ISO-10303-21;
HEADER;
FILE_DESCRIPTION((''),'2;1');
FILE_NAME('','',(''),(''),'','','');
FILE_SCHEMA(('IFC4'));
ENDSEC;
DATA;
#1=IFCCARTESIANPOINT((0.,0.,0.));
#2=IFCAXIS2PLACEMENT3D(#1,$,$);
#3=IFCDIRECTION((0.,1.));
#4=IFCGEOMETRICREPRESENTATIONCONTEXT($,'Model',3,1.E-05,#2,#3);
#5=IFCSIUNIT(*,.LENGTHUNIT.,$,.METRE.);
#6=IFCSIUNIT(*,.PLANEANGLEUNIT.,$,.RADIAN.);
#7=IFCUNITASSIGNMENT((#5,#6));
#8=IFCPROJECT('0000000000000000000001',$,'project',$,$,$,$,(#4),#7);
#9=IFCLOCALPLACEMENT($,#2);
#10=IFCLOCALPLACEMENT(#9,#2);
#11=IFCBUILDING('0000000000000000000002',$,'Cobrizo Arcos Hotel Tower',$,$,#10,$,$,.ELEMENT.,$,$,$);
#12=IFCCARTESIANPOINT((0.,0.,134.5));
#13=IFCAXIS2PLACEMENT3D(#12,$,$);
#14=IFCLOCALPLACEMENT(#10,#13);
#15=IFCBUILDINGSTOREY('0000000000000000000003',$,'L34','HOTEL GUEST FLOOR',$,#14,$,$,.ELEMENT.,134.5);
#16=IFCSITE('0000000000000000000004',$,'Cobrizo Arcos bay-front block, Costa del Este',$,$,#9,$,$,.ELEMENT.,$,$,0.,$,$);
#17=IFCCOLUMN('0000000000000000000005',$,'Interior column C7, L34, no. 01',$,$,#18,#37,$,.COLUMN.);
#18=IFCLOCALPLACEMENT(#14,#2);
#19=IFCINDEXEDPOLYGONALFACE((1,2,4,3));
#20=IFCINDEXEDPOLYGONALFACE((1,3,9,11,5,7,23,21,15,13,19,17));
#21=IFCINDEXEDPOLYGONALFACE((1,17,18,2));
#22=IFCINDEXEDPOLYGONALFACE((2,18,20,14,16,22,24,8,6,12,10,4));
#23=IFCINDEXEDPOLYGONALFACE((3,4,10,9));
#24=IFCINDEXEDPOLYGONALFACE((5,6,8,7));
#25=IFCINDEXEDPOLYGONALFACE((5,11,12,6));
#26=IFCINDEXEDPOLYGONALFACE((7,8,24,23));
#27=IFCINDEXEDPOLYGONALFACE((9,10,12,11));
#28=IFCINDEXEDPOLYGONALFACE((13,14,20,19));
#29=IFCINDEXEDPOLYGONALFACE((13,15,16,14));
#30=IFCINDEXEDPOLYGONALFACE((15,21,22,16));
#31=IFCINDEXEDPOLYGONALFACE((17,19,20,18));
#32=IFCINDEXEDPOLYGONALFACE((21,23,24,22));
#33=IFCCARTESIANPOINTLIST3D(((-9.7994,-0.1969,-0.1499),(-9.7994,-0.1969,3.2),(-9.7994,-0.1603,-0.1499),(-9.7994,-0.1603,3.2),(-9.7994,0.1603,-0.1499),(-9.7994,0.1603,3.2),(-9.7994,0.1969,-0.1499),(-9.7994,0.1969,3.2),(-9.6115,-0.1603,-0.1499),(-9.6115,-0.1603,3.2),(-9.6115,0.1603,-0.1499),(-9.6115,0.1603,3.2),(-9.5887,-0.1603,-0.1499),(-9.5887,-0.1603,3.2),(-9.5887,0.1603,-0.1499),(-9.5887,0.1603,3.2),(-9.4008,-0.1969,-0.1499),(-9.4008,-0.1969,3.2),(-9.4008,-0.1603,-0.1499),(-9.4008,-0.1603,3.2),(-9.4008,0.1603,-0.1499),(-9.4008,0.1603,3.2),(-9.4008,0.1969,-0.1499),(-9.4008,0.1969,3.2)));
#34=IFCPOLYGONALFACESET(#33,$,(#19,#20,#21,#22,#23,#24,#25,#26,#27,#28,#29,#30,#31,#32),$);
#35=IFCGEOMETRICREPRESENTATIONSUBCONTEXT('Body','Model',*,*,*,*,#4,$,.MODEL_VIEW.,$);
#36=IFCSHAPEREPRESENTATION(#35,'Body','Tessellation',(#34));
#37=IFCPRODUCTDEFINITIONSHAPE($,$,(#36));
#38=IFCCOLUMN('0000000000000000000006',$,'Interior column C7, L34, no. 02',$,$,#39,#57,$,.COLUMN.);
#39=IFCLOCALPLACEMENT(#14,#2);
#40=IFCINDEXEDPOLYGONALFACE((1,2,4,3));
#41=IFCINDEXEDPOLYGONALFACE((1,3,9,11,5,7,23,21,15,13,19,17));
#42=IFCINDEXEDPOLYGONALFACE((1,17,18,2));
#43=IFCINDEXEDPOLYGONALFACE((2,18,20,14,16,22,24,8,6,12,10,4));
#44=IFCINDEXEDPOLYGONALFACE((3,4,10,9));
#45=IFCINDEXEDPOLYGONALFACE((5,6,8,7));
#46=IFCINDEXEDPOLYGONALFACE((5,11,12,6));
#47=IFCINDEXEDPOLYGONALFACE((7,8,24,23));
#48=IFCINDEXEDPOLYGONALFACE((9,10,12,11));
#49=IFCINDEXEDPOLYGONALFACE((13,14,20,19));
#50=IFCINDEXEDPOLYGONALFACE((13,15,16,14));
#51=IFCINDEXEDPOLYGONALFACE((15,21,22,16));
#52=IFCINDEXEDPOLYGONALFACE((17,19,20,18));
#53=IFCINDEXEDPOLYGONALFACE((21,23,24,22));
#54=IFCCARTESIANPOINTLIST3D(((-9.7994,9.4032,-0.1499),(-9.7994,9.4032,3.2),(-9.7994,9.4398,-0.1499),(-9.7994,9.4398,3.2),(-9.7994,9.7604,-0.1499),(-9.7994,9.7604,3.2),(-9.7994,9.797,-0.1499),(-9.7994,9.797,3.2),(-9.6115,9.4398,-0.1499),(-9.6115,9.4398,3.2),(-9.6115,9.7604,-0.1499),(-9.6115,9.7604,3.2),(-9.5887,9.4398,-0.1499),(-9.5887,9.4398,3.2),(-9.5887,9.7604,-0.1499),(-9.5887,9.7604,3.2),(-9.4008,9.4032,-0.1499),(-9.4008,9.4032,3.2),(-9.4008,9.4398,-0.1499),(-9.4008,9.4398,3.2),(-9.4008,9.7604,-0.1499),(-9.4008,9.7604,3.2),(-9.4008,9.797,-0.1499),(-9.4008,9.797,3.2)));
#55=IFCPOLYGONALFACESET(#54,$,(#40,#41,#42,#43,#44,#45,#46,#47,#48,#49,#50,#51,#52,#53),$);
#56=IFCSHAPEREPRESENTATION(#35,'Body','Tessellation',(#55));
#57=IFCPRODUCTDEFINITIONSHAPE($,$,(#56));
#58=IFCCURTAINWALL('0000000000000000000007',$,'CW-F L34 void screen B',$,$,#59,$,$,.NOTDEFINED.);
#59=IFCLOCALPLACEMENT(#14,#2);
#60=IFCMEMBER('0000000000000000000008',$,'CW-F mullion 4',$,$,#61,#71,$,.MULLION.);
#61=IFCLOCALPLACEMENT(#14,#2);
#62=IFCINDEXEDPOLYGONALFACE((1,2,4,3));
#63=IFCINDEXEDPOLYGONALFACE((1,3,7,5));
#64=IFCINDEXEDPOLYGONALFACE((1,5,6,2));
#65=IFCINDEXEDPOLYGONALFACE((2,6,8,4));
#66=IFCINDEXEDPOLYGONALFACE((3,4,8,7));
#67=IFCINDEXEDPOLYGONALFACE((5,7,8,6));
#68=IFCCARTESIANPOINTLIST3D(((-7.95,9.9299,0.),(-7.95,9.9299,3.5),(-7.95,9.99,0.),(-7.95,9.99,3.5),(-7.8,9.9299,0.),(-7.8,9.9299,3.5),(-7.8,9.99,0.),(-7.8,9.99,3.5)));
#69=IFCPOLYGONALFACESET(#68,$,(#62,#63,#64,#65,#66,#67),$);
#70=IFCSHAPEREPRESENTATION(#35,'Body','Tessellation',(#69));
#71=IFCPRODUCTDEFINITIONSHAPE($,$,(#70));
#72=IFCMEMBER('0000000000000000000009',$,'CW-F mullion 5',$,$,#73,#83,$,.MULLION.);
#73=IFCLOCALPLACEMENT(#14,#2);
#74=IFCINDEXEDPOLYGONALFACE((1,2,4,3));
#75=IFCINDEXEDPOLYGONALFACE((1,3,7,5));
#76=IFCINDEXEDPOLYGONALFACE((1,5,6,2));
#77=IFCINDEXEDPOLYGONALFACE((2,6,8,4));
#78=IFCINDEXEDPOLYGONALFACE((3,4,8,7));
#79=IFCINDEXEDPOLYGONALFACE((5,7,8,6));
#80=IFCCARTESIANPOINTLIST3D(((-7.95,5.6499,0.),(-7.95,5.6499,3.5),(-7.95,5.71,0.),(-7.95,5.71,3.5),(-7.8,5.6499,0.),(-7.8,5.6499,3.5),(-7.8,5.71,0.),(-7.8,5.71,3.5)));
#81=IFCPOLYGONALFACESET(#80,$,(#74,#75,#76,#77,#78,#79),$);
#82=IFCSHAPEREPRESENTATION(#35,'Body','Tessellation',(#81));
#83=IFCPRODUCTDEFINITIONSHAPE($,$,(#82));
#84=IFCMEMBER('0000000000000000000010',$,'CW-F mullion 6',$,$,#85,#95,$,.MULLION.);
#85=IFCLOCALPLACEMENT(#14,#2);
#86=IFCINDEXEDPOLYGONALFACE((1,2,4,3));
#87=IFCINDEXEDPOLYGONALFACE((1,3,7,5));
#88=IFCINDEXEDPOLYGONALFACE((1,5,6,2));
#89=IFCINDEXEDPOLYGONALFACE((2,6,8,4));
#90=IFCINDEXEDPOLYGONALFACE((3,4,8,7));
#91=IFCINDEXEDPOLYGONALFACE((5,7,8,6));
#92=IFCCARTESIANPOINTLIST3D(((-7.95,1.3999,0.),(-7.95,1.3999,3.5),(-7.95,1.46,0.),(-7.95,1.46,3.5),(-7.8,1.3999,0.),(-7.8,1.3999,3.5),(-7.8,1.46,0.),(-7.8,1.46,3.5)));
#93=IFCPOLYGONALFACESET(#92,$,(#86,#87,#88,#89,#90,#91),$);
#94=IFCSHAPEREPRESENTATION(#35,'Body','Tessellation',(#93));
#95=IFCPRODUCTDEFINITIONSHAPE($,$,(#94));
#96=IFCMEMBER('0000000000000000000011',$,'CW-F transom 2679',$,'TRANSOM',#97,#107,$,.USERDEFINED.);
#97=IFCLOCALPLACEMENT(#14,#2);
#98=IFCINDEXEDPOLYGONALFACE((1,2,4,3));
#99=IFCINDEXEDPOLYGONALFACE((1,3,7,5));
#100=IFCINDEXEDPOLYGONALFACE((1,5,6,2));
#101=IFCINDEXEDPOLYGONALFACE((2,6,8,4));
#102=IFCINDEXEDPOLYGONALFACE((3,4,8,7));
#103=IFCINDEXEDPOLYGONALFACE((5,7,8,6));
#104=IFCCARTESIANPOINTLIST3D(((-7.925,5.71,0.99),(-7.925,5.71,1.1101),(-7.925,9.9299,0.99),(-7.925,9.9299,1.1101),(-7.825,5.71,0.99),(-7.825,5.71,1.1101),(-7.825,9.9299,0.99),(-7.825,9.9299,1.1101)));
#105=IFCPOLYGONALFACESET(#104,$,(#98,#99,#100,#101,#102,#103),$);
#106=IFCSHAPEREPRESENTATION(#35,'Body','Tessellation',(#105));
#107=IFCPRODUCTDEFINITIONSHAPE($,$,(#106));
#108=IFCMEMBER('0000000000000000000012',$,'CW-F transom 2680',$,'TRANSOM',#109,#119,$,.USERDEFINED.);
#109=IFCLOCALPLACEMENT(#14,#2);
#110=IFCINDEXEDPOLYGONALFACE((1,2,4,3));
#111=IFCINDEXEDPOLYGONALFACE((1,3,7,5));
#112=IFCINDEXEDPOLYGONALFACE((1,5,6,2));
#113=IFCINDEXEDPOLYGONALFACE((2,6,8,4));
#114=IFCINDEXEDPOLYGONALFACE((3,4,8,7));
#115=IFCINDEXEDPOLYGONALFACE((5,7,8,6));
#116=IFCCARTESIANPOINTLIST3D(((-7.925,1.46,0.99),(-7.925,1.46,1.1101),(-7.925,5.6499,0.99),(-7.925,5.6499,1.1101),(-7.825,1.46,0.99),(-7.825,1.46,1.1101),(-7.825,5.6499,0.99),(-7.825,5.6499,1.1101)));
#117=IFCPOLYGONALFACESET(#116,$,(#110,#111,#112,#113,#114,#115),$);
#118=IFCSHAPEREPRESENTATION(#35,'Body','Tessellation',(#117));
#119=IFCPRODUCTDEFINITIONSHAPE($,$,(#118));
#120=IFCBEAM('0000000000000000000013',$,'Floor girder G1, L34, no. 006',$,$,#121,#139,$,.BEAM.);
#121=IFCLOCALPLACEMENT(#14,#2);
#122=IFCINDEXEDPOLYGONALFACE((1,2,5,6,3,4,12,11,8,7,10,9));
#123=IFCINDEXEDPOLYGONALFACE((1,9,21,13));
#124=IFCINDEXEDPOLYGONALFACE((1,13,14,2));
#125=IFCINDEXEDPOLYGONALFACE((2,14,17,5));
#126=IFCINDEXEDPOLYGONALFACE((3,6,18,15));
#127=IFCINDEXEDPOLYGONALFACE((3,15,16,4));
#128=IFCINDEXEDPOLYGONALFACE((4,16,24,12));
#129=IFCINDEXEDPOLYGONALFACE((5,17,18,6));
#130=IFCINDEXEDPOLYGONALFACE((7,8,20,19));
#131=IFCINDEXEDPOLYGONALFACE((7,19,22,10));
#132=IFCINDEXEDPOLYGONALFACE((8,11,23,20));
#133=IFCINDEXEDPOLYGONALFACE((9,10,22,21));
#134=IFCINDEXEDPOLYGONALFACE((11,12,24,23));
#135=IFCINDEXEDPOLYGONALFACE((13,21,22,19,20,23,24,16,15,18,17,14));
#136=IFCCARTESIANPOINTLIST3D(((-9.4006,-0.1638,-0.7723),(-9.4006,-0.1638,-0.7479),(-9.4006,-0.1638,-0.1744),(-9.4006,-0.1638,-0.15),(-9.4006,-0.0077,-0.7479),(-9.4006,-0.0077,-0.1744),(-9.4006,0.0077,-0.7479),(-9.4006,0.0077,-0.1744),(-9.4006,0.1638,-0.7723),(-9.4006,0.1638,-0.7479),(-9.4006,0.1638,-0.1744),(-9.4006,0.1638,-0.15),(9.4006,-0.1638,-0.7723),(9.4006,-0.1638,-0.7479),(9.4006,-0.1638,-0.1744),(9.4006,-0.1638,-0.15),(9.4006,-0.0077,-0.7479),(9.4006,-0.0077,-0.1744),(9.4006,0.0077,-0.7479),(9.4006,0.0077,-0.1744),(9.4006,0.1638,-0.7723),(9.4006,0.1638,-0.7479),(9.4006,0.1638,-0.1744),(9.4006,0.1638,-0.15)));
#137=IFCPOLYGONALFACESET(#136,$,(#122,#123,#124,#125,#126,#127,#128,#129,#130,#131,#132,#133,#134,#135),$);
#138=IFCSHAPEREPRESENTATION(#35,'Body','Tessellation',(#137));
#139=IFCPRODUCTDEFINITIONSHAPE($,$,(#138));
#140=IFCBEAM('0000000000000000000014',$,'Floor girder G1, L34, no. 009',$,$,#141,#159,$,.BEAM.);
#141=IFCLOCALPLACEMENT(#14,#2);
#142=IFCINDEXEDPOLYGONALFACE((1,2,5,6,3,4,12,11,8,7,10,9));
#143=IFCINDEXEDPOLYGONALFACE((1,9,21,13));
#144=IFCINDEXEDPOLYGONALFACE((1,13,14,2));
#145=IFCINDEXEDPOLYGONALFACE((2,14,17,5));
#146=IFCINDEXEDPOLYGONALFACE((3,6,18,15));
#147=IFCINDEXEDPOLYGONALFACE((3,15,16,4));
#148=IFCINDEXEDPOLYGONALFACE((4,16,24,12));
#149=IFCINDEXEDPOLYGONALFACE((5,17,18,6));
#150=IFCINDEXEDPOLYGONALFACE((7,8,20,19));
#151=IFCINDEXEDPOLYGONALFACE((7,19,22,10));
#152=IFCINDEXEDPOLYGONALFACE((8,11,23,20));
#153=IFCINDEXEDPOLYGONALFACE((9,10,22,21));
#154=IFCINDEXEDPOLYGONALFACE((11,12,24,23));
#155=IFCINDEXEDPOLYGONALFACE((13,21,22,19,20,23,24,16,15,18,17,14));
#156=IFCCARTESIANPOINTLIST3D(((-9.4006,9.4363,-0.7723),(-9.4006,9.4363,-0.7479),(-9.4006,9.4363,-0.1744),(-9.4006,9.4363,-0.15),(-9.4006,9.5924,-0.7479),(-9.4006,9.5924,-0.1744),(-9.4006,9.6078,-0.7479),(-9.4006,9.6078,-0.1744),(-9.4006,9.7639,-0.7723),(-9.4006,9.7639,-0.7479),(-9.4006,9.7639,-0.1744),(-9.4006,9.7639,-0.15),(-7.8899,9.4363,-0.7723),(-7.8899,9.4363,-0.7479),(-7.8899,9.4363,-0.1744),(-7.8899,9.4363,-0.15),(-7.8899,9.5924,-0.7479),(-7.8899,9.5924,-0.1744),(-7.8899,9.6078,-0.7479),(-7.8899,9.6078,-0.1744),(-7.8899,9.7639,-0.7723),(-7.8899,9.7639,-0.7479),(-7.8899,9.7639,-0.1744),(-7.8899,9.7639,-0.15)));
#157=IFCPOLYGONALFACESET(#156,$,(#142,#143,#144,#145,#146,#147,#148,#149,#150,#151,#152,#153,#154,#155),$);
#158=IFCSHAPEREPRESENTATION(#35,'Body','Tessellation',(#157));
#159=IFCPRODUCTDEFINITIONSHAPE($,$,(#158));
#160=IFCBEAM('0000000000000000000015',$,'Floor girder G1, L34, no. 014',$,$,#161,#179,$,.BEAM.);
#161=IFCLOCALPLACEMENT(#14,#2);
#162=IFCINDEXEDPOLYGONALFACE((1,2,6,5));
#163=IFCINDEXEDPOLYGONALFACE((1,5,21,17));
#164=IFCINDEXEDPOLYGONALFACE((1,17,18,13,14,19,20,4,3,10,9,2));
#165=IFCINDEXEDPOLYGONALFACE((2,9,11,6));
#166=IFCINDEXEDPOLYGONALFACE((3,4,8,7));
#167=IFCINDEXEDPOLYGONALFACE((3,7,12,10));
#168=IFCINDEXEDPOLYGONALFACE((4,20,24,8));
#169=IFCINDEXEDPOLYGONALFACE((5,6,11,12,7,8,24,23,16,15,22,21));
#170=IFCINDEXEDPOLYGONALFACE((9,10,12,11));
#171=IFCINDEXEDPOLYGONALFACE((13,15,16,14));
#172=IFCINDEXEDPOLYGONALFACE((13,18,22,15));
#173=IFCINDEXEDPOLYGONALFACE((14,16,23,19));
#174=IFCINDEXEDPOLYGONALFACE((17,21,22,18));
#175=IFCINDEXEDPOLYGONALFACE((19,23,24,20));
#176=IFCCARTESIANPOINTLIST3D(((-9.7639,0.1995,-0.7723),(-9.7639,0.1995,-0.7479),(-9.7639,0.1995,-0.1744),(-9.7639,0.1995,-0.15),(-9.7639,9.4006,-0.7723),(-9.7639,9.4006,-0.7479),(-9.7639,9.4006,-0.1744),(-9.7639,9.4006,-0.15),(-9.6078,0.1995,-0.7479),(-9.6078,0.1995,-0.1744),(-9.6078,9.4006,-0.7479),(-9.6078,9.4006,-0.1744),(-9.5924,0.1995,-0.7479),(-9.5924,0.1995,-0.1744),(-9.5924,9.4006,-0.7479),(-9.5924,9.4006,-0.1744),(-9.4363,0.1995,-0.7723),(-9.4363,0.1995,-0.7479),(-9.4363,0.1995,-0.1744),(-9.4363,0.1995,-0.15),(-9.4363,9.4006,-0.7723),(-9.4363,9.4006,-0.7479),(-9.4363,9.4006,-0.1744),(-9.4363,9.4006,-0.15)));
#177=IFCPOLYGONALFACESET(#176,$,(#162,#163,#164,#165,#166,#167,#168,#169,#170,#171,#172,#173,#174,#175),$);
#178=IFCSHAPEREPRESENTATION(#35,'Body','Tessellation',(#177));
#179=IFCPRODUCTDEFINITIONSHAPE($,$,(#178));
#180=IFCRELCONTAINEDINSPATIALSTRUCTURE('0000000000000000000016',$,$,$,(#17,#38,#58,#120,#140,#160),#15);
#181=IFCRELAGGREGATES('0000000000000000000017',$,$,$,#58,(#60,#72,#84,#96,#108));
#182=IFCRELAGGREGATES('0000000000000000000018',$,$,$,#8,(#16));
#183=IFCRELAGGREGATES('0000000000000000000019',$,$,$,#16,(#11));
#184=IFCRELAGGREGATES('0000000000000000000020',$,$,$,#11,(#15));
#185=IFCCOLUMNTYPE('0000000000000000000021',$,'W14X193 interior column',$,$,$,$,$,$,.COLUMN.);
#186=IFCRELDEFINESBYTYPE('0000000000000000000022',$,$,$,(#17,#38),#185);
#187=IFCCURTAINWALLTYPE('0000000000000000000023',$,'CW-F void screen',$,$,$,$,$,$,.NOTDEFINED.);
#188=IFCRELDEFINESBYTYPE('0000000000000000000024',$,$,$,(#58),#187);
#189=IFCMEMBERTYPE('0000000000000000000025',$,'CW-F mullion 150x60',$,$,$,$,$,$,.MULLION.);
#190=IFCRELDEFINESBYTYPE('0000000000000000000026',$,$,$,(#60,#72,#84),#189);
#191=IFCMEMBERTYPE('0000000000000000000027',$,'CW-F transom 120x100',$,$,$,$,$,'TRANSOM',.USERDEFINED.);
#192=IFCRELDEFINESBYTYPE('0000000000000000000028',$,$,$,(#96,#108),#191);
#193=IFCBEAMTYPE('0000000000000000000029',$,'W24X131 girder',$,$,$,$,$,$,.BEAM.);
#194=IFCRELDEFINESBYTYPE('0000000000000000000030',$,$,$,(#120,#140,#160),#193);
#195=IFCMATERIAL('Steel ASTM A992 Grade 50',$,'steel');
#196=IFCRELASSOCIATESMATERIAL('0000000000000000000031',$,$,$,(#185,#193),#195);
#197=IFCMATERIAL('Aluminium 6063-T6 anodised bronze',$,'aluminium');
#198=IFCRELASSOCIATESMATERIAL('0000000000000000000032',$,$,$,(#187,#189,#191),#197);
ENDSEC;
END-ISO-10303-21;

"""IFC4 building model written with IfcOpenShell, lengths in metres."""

from ifc_helpers import new_model, si_unit, direction, frame, origin, origin_2d, place, context, subcontext, project, spatial, rectangle, i_section, extrude, material, material_profile, profile_set, type_object, element, aggregate, save


model = new_model("IFC4")

# Units and contexts
model_context = context("Model", 3, precision=1e-05, world=origin(), true_north=direction((0.0, 1.0)))
body_context = subcontext(model_context, "Body", "Model", "MODEL_VIEW")
ifc_project = project(units=[si_unit("LENGTHUNIT", "METRE"), si_unit("PLANEANGLEUNIT", "RADIAN")], contexts=[model_context])

# Site, building, storey
site_placement = place(None, origin())
site = spatial("IfcSite", under=ifc_project, at=site_placement, Name="Cobrizo Arcos bay-front block, Costa del Este", CompositionType="ELEMENT", RefElevation=0.0)
building_placement = place(site_placement, origin())
building = spatial("IfcBuilding", under=site, at=building_placement, Name="Cobrizo Arcos Hotel Tower", CompositionType="ELEMENT")
storey_placement = place(building_placement, frame((0.0, 0.0, 134.5)))
storey = spatial("IfcBuildingStorey", under=building, at=storey_placement, Name="L34", Description="HOTEL GUEST FLOOR", CompositionType="ELEMENT", Elevation=134.5)

# Columns
ifc_material_1 = material(Name="Steel ASTM A992 Grade 50", Category="steel")
ifc_material_profile_1 = material_profile(ifc_material_1, i_section(OverallWidth=0.3987, OverallDepth=0.3938, WebThickness=0.0227, FlangeThickness=0.0366, at=origin_2d()), Name="W14X193")
ifc_profile_set_1 = profile_set([ifc_material_profile_1], Name="Steel ASTM A992 Grade 50")
column_type = type_object("IfcColumnType", Name="W14X193 interior column", PredefinedType="COLUMN", material=ifc_profile_set_1)
for number, where, z_axis, x_axis, name in (
    (1, (-9.6001, 0.0, -0.1499), (0.0, 0.0, 1.0), (1.0, 0.0, 0.0), "Interior column C7, L34, no. 01"),
    (2, (-9.6001, 9.6001, -0.1499), (0.0, 0.0, 1.0), (1.0, 0.0, 0.0), "Interior column C7, L34, no. 02"),
):
    element("IfcColumn", number, at=place(storey_placement, frame(where, z_axis=z_axis, x_axis=x_axis)), inside=storey, type_object=column_type, Name=name, PredefinedType="COLUMN", context=body_context, shape_type="SweptSolid", body=[
        extrude(i_section(OverallWidth=0.3987, OverallDepth=0.3938, WebThickness=0.0227, FlangeThickness=0.0366, at=origin_2d()), origin(), (0.0, 0.0, 1.0), 3.3499),
    ])

# Curtain wall, members
ifc_material_2 = material(Name="Aluminium 6063-T6 anodised bronze", Category="aluminium")
curtain_wall_type = type_object("IfcCurtainWallType", Name="CW-F void screen", PredefinedType="NOTDEFINED", material=ifc_material_2)
curtain_wall_placement = place(storey_placement, origin())
curtain_wall = element("IfcCurtainWall", 3, at=curtain_wall_placement, inside=storey, type_object=curtain_wall_type, Name="CW-F L34 void screen B", PredefinedType="NOTDEFINED")
ifc_material_profile_2 = material_profile(ifc_material_2, rectangle(XDim=0.1499, YDim=0.0601, at=origin_2d()), Name="CW-F mullion 150x60")
ifc_profile_set_2 = profile_set([ifc_material_profile_2], Name="Aluminium 6063-T6 anodised bronze")
member_type_1 = type_object("IfcMemberType", Name="CW-F mullion 150x60", PredefinedType="MULLION", material=ifc_profile_set_2)
member_1_placement = place(storey_placement, frame((-7.875, 9.96, 0.0), z_axis=(0.0, 0.0, 1.0), x_axis=(-1.0, 0.0, 0.0)))
member_1 = element("IfcMember", 4, at=member_1_placement, type_object=member_type_1, Name="CW-F mullion 4", PredefinedType="MULLION", context=body_context, shape_type="SweptSolid", body=[
    extrude(rectangle(XDim=0.1499, YDim=0.0601, at=origin_2d()), origin(), (0.0, 0.0, 1.0), 3.5),
])
member_2_placement = place(storey_placement, frame((-7.875, 5.6799, 0.0), z_axis=(0.0, 0.0, 1.0), x_axis=(-1.0, 0.0, 0.0)))
member_2 = element("IfcMember", 5, at=member_2_placement, type_object=member_type_1, Name="CW-F mullion 5", PredefinedType="MULLION", context=body_context, shape_type="SweptSolid", body=[
    extrude(rectangle(XDim=0.1499, YDim=0.0601, at=origin_2d()), origin(), (0.0, 0.0, 1.0), 3.5),
])
member_3_placement = place(storey_placement, frame((-7.875, 1.4299, 0.0), z_axis=(0.0, 0.0, 1.0), x_axis=(-1.0, 0.0, 0.0)))
member_3 = element("IfcMember", 6, at=member_3_placement, type_object=member_type_1, Name="CW-F mullion 6", PredefinedType="MULLION", context=body_context, shape_type="SweptSolid", body=[
    extrude(rectangle(XDim=0.1499, YDim=0.0601, at=origin_2d()), origin(), (0.0, 0.0, 1.0), 3.5),
])
ifc_material_profile_3 = material_profile(ifc_material_2, rectangle(XDim=0.1001, YDim=0.1201, at=origin_2d()), Name="CW-F transom 120x100")
ifc_profile_set_3 = profile_set([ifc_material_profile_3], Name="Aluminium 6063-T6 anodised bronze")
member_type_2 = type_object("IfcMemberType", Name="CW-F transom 120x100", ElementType="TRANSOM", PredefinedType="USERDEFINED", material=ifc_profile_set_3)
member_4_placement = place(storey_placement, frame((-7.875, 9.9299, 1.05), z_axis=(0.0, -1.0, 0.0), x_axis=(1.0, 0.0, 0.0)))
member_4 = element("IfcMember", 7, at=member_4_placement, type_object=member_type_2, Name="CW-F transom 2679", ObjectType="TRANSOM", PredefinedType="USERDEFINED", context=body_context, shape_type="SweptSolid", body=[
    extrude(rectangle(XDim=0.1001, YDim=0.1201, at=origin_2d()), origin(), (0.0, 0.0, 1.0), 4.22),
])
member_5_placement = place(storey_placement, frame((-7.875, 5.6499, 1.05), z_axis=(0.0, -1.0, 0.0), x_axis=(1.0, 0.0, 0.0)))
member_5 = element("IfcMember", 8, at=member_5_placement, type_object=member_type_2, Name="CW-F transom 2680", ObjectType="TRANSOM", PredefinedType="USERDEFINED", context=body_context, shape_type="SweptSolid", body=[
    extrude(rectangle(XDim=0.1001, YDim=0.1201, at=origin_2d()), origin(), (0.0, 0.0, 1.0), 4.1899),
])

# Beams
ifc_material_profile_4 = material_profile(ifc_material_1, i_section(OverallWidth=0.3276, OverallDepth=0.6223, WebThickness=0.0154, FlangeThickness=0.0244, at=origin_2d()), Name="W24X131")
ifc_profile_set_4 = profile_set([ifc_material_profile_4], Name="Steel ASTM A992 Grade 50")
beam_type_1 = type_object("IfcBeamType", Name="W24X131 girder", PredefinedType="BEAM", material=ifc_profile_set_4)
beam_1_placement = place(storey_placement, frame((-9.4006, 0.0, -0.4612), z_axis=(1.0, 0.0, 0.0), x_axis=(0.0, 1.0, 0.0)))
element("IfcBeam", 9, at=beam_1_placement, inside=storey, type_object=beam_type_1, Name="Floor girder G1, L34, no. 006", PredefinedType="BEAM", context=body_context, shape_type="SweptSolid", body=[
    extrude(i_section(OverallWidth=0.3276, OverallDepth=0.6223, WebThickness=0.0154, FlangeThickness=0.0244, at=origin_2d()), origin(), (0.0, 0.0, 1.0), 18.8013),
])
beam_2_placement = place(storey_placement, frame((-9.4006, 9.6001, -0.4612), z_axis=(1.0, 0.0, 0.0), x_axis=(0.0, 1.0, 0.0)))
element("IfcBeam", 10, at=beam_2_placement, inside=storey, type_object=beam_type_1, Name="Floor girder G1, L34, no. 009", PredefinedType="BEAM", context=body_context, shape_type="SweptSolid", body=[
    extrude(i_section(OverallWidth=0.3276, OverallDepth=0.6223, WebThickness=0.0154, FlangeThickness=0.0244, at=origin_2d()), origin(), (0.0, 0.0, 1.0), 1.5107),
])
beam_3_placement = place(storey_placement, frame((-9.6001, 0.1995, -0.4612), z_axis=(0.0, 1.0, 0.0), x_axis=(-1.0, 0.0, 0.0)))
element("IfcBeam", 11, at=beam_3_placement, inside=storey, type_object=beam_type_1, Name="Floor girder G1, L34, no. 014", PredefinedType="BEAM", context=body_context, shape_type="SweptSolid", body=[
    extrude(i_section(OverallWidth=0.3276, OverallDepth=0.6223, WebThickness=0.0154, FlangeThickness=0.0244, at=origin_2d()), origin(), (0.0, 0.0, 1.0), 9.2012),
])

aggregate(curtain_wall, [member_1, member_2, member_3, member_4, member_5])

save(model, "model.ifc")
